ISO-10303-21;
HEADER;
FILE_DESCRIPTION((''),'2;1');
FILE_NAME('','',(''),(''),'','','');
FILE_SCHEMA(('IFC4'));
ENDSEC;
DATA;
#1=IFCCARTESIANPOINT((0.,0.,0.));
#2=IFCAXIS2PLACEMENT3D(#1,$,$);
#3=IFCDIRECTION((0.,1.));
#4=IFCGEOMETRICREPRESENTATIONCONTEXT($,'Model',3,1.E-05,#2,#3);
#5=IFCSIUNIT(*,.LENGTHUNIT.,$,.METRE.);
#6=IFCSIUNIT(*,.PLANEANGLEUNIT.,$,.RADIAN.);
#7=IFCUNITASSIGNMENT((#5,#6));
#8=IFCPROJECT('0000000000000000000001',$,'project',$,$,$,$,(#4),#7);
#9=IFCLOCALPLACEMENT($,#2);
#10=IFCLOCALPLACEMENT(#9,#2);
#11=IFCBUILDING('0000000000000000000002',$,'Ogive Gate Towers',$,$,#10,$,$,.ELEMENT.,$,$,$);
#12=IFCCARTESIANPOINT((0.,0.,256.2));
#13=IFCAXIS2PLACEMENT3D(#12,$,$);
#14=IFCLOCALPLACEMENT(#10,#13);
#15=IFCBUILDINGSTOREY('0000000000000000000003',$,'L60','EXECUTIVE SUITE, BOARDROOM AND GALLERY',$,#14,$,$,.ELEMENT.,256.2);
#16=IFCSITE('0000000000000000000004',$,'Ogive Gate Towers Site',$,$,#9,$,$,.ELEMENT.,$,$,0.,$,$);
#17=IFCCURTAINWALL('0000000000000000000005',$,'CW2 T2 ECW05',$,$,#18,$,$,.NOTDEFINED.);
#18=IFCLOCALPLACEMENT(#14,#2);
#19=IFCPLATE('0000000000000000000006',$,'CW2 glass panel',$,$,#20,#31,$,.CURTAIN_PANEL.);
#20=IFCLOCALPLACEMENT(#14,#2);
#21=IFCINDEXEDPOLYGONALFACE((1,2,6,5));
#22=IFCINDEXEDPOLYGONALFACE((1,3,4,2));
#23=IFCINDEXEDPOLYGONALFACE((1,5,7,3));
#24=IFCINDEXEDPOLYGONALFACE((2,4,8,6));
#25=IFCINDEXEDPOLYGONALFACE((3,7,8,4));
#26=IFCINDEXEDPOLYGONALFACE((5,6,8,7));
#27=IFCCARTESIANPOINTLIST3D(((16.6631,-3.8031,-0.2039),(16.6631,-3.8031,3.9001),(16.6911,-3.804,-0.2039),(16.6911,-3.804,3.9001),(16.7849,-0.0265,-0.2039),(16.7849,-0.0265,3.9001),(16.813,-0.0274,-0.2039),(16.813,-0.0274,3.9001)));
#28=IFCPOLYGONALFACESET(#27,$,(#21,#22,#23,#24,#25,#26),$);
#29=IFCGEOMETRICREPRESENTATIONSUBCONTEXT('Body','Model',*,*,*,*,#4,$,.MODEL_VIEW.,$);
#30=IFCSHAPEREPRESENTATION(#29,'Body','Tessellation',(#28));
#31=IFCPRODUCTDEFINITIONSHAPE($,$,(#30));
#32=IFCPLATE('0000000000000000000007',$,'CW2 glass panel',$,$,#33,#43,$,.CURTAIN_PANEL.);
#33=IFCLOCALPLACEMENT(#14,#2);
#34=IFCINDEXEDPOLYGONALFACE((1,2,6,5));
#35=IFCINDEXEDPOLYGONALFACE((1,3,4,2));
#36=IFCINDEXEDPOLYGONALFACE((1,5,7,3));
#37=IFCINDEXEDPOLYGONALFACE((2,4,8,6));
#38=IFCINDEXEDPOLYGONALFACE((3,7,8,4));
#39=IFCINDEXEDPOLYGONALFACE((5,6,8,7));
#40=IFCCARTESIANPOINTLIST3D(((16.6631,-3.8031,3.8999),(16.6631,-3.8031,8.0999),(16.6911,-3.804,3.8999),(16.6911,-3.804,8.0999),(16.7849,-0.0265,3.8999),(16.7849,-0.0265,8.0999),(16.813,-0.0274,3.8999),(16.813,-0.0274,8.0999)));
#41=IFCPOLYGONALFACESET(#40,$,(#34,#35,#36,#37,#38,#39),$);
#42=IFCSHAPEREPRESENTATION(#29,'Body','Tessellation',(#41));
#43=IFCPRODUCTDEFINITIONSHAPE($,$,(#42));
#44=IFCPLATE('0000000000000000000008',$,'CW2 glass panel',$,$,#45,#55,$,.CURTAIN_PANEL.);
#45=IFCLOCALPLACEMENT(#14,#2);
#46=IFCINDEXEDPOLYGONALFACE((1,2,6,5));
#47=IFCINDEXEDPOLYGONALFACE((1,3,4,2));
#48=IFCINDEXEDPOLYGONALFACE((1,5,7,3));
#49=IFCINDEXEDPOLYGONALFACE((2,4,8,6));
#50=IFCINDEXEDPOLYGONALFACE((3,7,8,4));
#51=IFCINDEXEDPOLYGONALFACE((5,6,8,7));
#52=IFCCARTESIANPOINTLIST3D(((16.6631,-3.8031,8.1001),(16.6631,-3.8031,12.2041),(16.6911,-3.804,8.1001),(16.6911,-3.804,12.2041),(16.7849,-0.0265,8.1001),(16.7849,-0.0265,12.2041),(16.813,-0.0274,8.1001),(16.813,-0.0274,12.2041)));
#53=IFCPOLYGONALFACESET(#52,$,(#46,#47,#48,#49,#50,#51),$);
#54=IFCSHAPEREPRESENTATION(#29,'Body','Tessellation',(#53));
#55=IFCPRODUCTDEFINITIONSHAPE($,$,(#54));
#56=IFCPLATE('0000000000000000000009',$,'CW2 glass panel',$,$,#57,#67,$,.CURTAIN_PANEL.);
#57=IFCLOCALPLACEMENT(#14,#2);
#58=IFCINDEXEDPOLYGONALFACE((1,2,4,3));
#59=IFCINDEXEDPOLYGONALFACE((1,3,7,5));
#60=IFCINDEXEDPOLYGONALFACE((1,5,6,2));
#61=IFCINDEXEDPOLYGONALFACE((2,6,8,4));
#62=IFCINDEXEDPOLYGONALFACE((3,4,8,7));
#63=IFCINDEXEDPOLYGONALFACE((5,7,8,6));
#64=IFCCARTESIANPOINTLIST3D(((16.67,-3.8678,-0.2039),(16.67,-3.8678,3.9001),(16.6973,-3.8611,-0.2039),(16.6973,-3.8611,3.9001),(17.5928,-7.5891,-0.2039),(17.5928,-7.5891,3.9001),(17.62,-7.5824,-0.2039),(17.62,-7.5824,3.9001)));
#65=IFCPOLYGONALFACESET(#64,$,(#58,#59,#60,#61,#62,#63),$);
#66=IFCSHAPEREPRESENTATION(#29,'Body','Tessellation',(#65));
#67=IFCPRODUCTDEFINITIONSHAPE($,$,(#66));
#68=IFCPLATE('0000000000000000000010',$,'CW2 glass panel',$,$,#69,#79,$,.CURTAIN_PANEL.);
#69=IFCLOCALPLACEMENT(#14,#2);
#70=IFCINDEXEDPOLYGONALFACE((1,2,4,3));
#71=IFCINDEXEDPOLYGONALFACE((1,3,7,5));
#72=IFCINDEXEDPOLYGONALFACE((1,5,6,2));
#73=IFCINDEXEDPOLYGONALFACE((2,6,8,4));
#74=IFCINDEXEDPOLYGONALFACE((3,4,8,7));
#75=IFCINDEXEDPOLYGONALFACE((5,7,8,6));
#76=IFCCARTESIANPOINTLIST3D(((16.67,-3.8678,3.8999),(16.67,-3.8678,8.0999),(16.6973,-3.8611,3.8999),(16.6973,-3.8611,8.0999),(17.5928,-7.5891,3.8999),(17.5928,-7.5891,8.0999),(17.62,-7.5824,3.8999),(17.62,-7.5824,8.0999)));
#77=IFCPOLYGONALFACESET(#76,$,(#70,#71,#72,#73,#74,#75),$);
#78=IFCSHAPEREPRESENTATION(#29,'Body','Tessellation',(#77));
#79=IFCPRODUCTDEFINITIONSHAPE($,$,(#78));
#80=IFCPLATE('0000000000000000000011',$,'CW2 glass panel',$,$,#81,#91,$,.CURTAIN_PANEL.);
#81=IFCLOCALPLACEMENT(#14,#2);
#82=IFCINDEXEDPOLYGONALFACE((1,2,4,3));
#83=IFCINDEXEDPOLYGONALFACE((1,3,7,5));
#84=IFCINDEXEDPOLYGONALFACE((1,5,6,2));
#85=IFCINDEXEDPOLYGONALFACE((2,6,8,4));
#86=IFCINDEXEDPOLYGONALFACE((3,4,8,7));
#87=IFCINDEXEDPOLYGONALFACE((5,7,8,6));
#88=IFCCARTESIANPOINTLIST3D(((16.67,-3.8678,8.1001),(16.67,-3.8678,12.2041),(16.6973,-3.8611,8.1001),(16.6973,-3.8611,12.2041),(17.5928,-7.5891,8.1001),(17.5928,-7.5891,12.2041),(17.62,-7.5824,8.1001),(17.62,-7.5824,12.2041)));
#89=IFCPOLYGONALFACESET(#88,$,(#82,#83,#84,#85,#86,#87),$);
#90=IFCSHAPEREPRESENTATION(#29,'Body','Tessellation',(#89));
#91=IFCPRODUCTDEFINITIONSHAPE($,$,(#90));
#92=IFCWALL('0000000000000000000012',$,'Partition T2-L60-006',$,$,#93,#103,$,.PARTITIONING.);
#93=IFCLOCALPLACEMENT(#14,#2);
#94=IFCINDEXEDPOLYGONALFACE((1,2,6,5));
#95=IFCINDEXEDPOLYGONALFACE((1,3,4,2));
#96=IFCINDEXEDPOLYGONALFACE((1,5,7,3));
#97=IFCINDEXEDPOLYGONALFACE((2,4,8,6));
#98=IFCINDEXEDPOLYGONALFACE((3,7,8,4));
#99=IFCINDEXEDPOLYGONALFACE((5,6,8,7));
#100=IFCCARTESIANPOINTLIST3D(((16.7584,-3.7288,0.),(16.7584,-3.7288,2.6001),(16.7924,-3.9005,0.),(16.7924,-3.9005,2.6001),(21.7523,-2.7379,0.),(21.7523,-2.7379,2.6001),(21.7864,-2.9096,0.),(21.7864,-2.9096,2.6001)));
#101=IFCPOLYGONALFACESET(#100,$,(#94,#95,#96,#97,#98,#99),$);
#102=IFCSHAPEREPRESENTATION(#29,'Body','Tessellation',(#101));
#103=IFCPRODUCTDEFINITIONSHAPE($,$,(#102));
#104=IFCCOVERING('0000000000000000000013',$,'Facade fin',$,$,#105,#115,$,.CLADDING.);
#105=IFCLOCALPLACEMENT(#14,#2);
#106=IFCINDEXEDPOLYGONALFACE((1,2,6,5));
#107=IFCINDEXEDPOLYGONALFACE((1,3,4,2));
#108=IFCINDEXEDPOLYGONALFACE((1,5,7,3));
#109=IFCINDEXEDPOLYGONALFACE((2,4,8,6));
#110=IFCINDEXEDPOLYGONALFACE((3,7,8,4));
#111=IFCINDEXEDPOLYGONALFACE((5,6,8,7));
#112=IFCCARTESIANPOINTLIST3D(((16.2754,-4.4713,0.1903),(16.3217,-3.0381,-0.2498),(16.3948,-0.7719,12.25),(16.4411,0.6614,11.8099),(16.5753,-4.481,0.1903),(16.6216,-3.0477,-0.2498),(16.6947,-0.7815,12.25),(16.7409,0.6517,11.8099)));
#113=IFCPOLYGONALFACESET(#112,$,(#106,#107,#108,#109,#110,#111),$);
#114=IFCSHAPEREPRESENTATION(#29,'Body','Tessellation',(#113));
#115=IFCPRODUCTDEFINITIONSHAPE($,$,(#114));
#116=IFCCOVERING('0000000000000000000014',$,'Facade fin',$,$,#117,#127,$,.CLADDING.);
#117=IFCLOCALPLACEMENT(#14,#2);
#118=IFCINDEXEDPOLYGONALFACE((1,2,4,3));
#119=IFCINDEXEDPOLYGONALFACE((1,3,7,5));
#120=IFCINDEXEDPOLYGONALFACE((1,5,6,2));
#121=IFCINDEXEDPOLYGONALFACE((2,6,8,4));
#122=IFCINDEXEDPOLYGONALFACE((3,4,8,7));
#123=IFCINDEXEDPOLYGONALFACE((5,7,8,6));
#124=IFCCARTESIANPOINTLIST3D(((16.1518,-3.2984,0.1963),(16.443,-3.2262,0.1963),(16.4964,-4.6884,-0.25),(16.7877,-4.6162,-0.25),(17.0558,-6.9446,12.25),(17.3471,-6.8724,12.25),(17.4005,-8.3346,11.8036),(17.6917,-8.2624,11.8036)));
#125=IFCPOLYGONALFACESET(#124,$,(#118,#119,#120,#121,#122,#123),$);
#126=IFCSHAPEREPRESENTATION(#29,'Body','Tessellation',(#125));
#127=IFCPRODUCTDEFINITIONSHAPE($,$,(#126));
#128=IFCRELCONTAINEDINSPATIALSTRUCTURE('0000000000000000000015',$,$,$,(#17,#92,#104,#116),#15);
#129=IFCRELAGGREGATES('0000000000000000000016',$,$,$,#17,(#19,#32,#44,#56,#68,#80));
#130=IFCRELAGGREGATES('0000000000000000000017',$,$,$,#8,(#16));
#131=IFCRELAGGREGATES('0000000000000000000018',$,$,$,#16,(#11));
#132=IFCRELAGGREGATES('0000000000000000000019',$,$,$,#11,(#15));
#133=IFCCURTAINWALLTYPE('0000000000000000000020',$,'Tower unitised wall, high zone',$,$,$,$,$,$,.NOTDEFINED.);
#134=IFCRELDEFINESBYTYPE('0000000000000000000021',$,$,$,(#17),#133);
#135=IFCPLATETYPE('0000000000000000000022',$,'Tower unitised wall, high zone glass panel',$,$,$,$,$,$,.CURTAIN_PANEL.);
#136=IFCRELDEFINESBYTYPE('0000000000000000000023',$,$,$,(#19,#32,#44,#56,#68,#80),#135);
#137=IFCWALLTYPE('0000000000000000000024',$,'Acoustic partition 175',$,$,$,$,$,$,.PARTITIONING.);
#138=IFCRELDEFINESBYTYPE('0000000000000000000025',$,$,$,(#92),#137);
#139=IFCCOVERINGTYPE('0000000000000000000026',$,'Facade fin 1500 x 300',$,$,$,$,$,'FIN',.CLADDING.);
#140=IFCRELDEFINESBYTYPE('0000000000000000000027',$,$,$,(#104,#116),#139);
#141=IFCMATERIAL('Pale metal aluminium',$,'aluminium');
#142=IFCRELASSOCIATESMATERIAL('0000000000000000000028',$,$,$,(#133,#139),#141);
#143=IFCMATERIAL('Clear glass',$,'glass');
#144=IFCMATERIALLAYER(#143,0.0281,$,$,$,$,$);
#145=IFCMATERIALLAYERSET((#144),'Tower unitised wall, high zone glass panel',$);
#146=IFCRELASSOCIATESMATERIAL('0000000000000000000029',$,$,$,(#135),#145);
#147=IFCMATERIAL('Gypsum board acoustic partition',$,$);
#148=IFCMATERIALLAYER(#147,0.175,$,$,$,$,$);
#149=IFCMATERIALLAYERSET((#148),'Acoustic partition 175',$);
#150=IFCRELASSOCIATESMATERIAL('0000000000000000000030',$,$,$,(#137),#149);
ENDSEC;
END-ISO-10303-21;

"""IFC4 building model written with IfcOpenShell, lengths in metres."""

from ifc_helpers import new_model, si_unit, direction, frame, frame_2d, origin, origin_2d, place, context, subcontext, project, spatial, rectangle, extrude, material, layer, layer_set, material_profile, profile_set, type_object, element, aggregate, save


model = new_model("IFC4")

# Units and contexts
model_context = context("Model", 3, precision=1e-05, world=origin(), true_north=direction((0.0, 1.0)))
body_context = subcontext(model_context, "Body", "Model", "MODEL_VIEW")
ifc_project = project(units=[si_unit("LENGTHUNIT", "METRE"), si_unit("PLANEANGLEUNIT", "RADIAN")], contexts=[model_context])

# Site, building, storey
site_placement = place(None, origin())
site = spatial("IfcSite", under=ifc_project, at=site_placement, Name="Ogive Gate Towers Site", CompositionType="ELEMENT", RefElevation=0.0)
building_placement = place(site_placement, origin())
building = spatial("IfcBuilding", under=site, at=building_placement, Name="Ogive Gate Towers", CompositionType="ELEMENT")
storey_placement = place(building_placement, frame((0.0, 0.0, 256.2)))
storey = spatial("IfcBuildingStorey", under=building, at=storey_placement, Name="L60", Description="EXECUTIVE SUITE, BOARDROOM AND GALLERY", CompositionType="ELEMENT", Elevation=256.2)

# Curtain wall
ifc_material_1 = material(Name="Pale metal aluminium", Category="aluminium")
curtain_wall_type = type_object("IfcCurtainWallType", Name="Tower unitised wall, high zone", PredefinedType="NOTDEFINED", material=ifc_material_1)
curtain_wall_placement = place(storey_placement, origin())
curtain_wall = element("IfcCurtainWall", 1, at=curtain_wall_placement, inside=storey, type_object=curtain_wall_type, Name="CW2 T2 ECW05", PredefinedType="NOTDEFINED")

# Plates
ifc_material_2 = material(Name="Clear glass", Category="glass")
ifc_layer_1 = layer(ifc_material_2, 0.0281)
ifc_layer_set_1 = layer_set([ifc_layer_1], Name="Tower unitised wall, high zone glass panel")
plate_type = type_object("IfcPlateType", Name="Tower unitised wall, high zone glass panel", PredefinedType="CURTAIN_PANEL", material=ifc_layer_set_1)
plate_1_placement = place(storey_placement, frame((16.738, -1.9153, -0.2039), z_axis=(0.0, 0.0, 1.0), x_axis=(-0.032248, -0.99948, 0.0)))
plate_1 = element("IfcPlate", 2, at=plate_1_placement, type_object=plate_type, Name="CW2 glass panel", PredefinedType="CURTAIN_PANEL", context=body_context, shape_type="SweptSolid", body=[
    extrude(rectangle(XDim=3.7786, YDim=0.0281, at=origin_2d()), origin(), (0.0, 0.0, 1.0), 4.104),
])
plate_2_placement = place(storey_placement, frame((16.738, -1.9153, 3.8999), z_axis=(0.0, 0.0, 1.0), x_axis=(-0.032248, -0.99948, 0.0)))
plate_2 = element("IfcPlate", 3, at=plate_2_placement, type_object=plate_type, Name="CW2 glass panel", PredefinedType="CURTAIN_PANEL", context=body_context, shape_type="SweptSolid", body=[
    extrude(rectangle(XDim=3.7786, YDim=0.0281, at=origin_2d()), origin(), (0.0, 0.0, 1.0), 4.2),
])
plate_3_placement = place(storey_placement, frame((16.738, -1.9153, 8.1001), z_axis=(0.0, 0.0, 1.0), x_axis=(-0.032248, -0.99948, 0.0)))
plate_3 = element("IfcPlate", 4, at=plate_3_placement, type_object=plate_type, Name="CW2 glass panel", PredefinedType="CURTAIN_PANEL", context=body_context, shape_type="SweptSolid", body=[
    extrude(rectangle(XDim=3.7786, YDim=0.0281, at=origin_2d()), origin(), (0.0, 0.0, 1.0), 4.104),
])
plate_4_placement = place(storey_placement, frame((17.145, -5.7251, -0.2039), z_axis=(0.0, 0.0, 1.0), x_axis=(0.240669, -0.970607, 0.0)))
plate_4 = element("IfcPlate", 5, at=plate_4_placement, type_object=plate_type, Name="CW2 glass panel", PredefinedType="CURTAIN_PANEL", context=body_context, shape_type="SweptSolid", body=[
    extrude(rectangle(XDim=3.834, YDim=0.0281, at=origin_2d()), origin(), (0.0, 0.0, 1.0), 4.104),
])
plate_5_placement = place(storey_placement, frame((17.145, -5.7251, 3.8999), z_axis=(0.0, 0.0, 1.0), x_axis=(0.240669, -0.970607, 0.0)))
plate_5 = element("IfcPlate", 6, at=plate_5_placement, type_object=plate_type, Name="CW2 glass panel", PredefinedType="CURTAIN_PANEL", context=body_context, shape_type="SweptSolid", body=[
    extrude(rectangle(XDim=3.834, YDim=0.0281, at=origin_2d()), origin(), (0.0, 0.0, 1.0), 4.2),
])
plate_6_placement = place(storey_placement, frame((17.145, -5.7251, 8.1001), z_axis=(0.0, 0.0, 1.0), x_axis=(0.240669, -0.970607, 0.0)))
plate_6 = element("IfcPlate", 7, at=plate_6_placement, type_object=plate_type, Name="CW2 glass panel", PredefinedType="CURTAIN_PANEL", context=body_context, shape_type="SweptSolid", body=[
    extrude(rectangle(XDim=3.834, YDim=0.0281, at=origin_2d()), origin(), (0.0, 0.0, 1.0), 4.104),
])
aggregate(curtain_wall, [plate_1, plate_2, plate_3, plate_4, plate_5, plate_6])

# Wall
ifc_material_3 = material(Name="Gypsum board acoustic partition")
ifc_layer_2 = layer(ifc_material_3, 0.175)
ifc_layer_set_2 = layer_set([ifc_layer_2], Name="Acoustic partition 175")
wall_type = type_object("IfcWallType", Name="Acoustic partition 175", PredefinedType="PARTITIONING", material=ifc_layer_set_2)
wall_placement = place(storey_placement, frame((16.7754, -3.8147, 0.0), z_axis=(0.0, 0.0, 1.0), x_axis=(0.980875, 0.19464, 0.0)))
element("IfcWall", 8, at=wall_placement, inside=storey, type_object=wall_type, Name="Partition T2-L60-006", PredefinedType="PARTITIONING", context=body_context, shape_type="SweptSolid", body=[
    extrude(rectangle(XDim=5.0913, YDim=0.175, at=frame_2d((2.5457, 0.0))), origin(), (0.0, 0.0, 1.0), 2.6001),
])

# Coverings
ifc_material_profile_1 = material_profile(ifc_material_1, rectangle(XDim=0.3, YDim=1.5, at=origin_2d()), Name="1500 x 300 pale metal aluminium")
ifc_profile_set_1 = profile_set([ifc_material_profile_1], Name="Pale metal aluminium")
covering_type = type_object("IfcCoveringType", Name="Facade fin 1500 x 300", ElementType="FIN", PredefinedType="CLADDING", material=ifc_profile_set_1)
covering_1_placement = place(storey_placement, frame((16.4485, -3.7595, -0.0298), z_axis=(0.009464, 0.293258, 0.955987), x_axis=(-0.99948, 0.032254, 0.0)))
element("IfcCovering", 9, at=covering_1_placement, inside=storey, type_object=covering_type, Name="Facade fin", PredefinedType="CLADDING", context=body_context, shape_type="SweptSolid", body=[
    extrude(rectangle(XDim=0.3, YDim=1.5, at=origin_2d()), origin(), (0.0, 0.0, 1.0), 12.615),
])
covering_2_placement = place(storey_placement, frame((16.4697, -3.9573, -0.0269), z_axis=(0.071605, -0.288799, 0.954708), x_axis=(0.970611, 0.240654, 0.0)))
element("IfcCovering", 10, at=covering_2_placement, inside=storey, type_object=covering_type, Name="Facade fin", PredefinedType="CLADDING", context=body_context, shape_type="SweptSolid", body=[
    extrude(rectangle(XDim=0.3, YDim=1.5, at=origin_2d()), origin(), (0.0, 0.0, 1.0), 12.6255),
])

save(model, "model.ifc")
